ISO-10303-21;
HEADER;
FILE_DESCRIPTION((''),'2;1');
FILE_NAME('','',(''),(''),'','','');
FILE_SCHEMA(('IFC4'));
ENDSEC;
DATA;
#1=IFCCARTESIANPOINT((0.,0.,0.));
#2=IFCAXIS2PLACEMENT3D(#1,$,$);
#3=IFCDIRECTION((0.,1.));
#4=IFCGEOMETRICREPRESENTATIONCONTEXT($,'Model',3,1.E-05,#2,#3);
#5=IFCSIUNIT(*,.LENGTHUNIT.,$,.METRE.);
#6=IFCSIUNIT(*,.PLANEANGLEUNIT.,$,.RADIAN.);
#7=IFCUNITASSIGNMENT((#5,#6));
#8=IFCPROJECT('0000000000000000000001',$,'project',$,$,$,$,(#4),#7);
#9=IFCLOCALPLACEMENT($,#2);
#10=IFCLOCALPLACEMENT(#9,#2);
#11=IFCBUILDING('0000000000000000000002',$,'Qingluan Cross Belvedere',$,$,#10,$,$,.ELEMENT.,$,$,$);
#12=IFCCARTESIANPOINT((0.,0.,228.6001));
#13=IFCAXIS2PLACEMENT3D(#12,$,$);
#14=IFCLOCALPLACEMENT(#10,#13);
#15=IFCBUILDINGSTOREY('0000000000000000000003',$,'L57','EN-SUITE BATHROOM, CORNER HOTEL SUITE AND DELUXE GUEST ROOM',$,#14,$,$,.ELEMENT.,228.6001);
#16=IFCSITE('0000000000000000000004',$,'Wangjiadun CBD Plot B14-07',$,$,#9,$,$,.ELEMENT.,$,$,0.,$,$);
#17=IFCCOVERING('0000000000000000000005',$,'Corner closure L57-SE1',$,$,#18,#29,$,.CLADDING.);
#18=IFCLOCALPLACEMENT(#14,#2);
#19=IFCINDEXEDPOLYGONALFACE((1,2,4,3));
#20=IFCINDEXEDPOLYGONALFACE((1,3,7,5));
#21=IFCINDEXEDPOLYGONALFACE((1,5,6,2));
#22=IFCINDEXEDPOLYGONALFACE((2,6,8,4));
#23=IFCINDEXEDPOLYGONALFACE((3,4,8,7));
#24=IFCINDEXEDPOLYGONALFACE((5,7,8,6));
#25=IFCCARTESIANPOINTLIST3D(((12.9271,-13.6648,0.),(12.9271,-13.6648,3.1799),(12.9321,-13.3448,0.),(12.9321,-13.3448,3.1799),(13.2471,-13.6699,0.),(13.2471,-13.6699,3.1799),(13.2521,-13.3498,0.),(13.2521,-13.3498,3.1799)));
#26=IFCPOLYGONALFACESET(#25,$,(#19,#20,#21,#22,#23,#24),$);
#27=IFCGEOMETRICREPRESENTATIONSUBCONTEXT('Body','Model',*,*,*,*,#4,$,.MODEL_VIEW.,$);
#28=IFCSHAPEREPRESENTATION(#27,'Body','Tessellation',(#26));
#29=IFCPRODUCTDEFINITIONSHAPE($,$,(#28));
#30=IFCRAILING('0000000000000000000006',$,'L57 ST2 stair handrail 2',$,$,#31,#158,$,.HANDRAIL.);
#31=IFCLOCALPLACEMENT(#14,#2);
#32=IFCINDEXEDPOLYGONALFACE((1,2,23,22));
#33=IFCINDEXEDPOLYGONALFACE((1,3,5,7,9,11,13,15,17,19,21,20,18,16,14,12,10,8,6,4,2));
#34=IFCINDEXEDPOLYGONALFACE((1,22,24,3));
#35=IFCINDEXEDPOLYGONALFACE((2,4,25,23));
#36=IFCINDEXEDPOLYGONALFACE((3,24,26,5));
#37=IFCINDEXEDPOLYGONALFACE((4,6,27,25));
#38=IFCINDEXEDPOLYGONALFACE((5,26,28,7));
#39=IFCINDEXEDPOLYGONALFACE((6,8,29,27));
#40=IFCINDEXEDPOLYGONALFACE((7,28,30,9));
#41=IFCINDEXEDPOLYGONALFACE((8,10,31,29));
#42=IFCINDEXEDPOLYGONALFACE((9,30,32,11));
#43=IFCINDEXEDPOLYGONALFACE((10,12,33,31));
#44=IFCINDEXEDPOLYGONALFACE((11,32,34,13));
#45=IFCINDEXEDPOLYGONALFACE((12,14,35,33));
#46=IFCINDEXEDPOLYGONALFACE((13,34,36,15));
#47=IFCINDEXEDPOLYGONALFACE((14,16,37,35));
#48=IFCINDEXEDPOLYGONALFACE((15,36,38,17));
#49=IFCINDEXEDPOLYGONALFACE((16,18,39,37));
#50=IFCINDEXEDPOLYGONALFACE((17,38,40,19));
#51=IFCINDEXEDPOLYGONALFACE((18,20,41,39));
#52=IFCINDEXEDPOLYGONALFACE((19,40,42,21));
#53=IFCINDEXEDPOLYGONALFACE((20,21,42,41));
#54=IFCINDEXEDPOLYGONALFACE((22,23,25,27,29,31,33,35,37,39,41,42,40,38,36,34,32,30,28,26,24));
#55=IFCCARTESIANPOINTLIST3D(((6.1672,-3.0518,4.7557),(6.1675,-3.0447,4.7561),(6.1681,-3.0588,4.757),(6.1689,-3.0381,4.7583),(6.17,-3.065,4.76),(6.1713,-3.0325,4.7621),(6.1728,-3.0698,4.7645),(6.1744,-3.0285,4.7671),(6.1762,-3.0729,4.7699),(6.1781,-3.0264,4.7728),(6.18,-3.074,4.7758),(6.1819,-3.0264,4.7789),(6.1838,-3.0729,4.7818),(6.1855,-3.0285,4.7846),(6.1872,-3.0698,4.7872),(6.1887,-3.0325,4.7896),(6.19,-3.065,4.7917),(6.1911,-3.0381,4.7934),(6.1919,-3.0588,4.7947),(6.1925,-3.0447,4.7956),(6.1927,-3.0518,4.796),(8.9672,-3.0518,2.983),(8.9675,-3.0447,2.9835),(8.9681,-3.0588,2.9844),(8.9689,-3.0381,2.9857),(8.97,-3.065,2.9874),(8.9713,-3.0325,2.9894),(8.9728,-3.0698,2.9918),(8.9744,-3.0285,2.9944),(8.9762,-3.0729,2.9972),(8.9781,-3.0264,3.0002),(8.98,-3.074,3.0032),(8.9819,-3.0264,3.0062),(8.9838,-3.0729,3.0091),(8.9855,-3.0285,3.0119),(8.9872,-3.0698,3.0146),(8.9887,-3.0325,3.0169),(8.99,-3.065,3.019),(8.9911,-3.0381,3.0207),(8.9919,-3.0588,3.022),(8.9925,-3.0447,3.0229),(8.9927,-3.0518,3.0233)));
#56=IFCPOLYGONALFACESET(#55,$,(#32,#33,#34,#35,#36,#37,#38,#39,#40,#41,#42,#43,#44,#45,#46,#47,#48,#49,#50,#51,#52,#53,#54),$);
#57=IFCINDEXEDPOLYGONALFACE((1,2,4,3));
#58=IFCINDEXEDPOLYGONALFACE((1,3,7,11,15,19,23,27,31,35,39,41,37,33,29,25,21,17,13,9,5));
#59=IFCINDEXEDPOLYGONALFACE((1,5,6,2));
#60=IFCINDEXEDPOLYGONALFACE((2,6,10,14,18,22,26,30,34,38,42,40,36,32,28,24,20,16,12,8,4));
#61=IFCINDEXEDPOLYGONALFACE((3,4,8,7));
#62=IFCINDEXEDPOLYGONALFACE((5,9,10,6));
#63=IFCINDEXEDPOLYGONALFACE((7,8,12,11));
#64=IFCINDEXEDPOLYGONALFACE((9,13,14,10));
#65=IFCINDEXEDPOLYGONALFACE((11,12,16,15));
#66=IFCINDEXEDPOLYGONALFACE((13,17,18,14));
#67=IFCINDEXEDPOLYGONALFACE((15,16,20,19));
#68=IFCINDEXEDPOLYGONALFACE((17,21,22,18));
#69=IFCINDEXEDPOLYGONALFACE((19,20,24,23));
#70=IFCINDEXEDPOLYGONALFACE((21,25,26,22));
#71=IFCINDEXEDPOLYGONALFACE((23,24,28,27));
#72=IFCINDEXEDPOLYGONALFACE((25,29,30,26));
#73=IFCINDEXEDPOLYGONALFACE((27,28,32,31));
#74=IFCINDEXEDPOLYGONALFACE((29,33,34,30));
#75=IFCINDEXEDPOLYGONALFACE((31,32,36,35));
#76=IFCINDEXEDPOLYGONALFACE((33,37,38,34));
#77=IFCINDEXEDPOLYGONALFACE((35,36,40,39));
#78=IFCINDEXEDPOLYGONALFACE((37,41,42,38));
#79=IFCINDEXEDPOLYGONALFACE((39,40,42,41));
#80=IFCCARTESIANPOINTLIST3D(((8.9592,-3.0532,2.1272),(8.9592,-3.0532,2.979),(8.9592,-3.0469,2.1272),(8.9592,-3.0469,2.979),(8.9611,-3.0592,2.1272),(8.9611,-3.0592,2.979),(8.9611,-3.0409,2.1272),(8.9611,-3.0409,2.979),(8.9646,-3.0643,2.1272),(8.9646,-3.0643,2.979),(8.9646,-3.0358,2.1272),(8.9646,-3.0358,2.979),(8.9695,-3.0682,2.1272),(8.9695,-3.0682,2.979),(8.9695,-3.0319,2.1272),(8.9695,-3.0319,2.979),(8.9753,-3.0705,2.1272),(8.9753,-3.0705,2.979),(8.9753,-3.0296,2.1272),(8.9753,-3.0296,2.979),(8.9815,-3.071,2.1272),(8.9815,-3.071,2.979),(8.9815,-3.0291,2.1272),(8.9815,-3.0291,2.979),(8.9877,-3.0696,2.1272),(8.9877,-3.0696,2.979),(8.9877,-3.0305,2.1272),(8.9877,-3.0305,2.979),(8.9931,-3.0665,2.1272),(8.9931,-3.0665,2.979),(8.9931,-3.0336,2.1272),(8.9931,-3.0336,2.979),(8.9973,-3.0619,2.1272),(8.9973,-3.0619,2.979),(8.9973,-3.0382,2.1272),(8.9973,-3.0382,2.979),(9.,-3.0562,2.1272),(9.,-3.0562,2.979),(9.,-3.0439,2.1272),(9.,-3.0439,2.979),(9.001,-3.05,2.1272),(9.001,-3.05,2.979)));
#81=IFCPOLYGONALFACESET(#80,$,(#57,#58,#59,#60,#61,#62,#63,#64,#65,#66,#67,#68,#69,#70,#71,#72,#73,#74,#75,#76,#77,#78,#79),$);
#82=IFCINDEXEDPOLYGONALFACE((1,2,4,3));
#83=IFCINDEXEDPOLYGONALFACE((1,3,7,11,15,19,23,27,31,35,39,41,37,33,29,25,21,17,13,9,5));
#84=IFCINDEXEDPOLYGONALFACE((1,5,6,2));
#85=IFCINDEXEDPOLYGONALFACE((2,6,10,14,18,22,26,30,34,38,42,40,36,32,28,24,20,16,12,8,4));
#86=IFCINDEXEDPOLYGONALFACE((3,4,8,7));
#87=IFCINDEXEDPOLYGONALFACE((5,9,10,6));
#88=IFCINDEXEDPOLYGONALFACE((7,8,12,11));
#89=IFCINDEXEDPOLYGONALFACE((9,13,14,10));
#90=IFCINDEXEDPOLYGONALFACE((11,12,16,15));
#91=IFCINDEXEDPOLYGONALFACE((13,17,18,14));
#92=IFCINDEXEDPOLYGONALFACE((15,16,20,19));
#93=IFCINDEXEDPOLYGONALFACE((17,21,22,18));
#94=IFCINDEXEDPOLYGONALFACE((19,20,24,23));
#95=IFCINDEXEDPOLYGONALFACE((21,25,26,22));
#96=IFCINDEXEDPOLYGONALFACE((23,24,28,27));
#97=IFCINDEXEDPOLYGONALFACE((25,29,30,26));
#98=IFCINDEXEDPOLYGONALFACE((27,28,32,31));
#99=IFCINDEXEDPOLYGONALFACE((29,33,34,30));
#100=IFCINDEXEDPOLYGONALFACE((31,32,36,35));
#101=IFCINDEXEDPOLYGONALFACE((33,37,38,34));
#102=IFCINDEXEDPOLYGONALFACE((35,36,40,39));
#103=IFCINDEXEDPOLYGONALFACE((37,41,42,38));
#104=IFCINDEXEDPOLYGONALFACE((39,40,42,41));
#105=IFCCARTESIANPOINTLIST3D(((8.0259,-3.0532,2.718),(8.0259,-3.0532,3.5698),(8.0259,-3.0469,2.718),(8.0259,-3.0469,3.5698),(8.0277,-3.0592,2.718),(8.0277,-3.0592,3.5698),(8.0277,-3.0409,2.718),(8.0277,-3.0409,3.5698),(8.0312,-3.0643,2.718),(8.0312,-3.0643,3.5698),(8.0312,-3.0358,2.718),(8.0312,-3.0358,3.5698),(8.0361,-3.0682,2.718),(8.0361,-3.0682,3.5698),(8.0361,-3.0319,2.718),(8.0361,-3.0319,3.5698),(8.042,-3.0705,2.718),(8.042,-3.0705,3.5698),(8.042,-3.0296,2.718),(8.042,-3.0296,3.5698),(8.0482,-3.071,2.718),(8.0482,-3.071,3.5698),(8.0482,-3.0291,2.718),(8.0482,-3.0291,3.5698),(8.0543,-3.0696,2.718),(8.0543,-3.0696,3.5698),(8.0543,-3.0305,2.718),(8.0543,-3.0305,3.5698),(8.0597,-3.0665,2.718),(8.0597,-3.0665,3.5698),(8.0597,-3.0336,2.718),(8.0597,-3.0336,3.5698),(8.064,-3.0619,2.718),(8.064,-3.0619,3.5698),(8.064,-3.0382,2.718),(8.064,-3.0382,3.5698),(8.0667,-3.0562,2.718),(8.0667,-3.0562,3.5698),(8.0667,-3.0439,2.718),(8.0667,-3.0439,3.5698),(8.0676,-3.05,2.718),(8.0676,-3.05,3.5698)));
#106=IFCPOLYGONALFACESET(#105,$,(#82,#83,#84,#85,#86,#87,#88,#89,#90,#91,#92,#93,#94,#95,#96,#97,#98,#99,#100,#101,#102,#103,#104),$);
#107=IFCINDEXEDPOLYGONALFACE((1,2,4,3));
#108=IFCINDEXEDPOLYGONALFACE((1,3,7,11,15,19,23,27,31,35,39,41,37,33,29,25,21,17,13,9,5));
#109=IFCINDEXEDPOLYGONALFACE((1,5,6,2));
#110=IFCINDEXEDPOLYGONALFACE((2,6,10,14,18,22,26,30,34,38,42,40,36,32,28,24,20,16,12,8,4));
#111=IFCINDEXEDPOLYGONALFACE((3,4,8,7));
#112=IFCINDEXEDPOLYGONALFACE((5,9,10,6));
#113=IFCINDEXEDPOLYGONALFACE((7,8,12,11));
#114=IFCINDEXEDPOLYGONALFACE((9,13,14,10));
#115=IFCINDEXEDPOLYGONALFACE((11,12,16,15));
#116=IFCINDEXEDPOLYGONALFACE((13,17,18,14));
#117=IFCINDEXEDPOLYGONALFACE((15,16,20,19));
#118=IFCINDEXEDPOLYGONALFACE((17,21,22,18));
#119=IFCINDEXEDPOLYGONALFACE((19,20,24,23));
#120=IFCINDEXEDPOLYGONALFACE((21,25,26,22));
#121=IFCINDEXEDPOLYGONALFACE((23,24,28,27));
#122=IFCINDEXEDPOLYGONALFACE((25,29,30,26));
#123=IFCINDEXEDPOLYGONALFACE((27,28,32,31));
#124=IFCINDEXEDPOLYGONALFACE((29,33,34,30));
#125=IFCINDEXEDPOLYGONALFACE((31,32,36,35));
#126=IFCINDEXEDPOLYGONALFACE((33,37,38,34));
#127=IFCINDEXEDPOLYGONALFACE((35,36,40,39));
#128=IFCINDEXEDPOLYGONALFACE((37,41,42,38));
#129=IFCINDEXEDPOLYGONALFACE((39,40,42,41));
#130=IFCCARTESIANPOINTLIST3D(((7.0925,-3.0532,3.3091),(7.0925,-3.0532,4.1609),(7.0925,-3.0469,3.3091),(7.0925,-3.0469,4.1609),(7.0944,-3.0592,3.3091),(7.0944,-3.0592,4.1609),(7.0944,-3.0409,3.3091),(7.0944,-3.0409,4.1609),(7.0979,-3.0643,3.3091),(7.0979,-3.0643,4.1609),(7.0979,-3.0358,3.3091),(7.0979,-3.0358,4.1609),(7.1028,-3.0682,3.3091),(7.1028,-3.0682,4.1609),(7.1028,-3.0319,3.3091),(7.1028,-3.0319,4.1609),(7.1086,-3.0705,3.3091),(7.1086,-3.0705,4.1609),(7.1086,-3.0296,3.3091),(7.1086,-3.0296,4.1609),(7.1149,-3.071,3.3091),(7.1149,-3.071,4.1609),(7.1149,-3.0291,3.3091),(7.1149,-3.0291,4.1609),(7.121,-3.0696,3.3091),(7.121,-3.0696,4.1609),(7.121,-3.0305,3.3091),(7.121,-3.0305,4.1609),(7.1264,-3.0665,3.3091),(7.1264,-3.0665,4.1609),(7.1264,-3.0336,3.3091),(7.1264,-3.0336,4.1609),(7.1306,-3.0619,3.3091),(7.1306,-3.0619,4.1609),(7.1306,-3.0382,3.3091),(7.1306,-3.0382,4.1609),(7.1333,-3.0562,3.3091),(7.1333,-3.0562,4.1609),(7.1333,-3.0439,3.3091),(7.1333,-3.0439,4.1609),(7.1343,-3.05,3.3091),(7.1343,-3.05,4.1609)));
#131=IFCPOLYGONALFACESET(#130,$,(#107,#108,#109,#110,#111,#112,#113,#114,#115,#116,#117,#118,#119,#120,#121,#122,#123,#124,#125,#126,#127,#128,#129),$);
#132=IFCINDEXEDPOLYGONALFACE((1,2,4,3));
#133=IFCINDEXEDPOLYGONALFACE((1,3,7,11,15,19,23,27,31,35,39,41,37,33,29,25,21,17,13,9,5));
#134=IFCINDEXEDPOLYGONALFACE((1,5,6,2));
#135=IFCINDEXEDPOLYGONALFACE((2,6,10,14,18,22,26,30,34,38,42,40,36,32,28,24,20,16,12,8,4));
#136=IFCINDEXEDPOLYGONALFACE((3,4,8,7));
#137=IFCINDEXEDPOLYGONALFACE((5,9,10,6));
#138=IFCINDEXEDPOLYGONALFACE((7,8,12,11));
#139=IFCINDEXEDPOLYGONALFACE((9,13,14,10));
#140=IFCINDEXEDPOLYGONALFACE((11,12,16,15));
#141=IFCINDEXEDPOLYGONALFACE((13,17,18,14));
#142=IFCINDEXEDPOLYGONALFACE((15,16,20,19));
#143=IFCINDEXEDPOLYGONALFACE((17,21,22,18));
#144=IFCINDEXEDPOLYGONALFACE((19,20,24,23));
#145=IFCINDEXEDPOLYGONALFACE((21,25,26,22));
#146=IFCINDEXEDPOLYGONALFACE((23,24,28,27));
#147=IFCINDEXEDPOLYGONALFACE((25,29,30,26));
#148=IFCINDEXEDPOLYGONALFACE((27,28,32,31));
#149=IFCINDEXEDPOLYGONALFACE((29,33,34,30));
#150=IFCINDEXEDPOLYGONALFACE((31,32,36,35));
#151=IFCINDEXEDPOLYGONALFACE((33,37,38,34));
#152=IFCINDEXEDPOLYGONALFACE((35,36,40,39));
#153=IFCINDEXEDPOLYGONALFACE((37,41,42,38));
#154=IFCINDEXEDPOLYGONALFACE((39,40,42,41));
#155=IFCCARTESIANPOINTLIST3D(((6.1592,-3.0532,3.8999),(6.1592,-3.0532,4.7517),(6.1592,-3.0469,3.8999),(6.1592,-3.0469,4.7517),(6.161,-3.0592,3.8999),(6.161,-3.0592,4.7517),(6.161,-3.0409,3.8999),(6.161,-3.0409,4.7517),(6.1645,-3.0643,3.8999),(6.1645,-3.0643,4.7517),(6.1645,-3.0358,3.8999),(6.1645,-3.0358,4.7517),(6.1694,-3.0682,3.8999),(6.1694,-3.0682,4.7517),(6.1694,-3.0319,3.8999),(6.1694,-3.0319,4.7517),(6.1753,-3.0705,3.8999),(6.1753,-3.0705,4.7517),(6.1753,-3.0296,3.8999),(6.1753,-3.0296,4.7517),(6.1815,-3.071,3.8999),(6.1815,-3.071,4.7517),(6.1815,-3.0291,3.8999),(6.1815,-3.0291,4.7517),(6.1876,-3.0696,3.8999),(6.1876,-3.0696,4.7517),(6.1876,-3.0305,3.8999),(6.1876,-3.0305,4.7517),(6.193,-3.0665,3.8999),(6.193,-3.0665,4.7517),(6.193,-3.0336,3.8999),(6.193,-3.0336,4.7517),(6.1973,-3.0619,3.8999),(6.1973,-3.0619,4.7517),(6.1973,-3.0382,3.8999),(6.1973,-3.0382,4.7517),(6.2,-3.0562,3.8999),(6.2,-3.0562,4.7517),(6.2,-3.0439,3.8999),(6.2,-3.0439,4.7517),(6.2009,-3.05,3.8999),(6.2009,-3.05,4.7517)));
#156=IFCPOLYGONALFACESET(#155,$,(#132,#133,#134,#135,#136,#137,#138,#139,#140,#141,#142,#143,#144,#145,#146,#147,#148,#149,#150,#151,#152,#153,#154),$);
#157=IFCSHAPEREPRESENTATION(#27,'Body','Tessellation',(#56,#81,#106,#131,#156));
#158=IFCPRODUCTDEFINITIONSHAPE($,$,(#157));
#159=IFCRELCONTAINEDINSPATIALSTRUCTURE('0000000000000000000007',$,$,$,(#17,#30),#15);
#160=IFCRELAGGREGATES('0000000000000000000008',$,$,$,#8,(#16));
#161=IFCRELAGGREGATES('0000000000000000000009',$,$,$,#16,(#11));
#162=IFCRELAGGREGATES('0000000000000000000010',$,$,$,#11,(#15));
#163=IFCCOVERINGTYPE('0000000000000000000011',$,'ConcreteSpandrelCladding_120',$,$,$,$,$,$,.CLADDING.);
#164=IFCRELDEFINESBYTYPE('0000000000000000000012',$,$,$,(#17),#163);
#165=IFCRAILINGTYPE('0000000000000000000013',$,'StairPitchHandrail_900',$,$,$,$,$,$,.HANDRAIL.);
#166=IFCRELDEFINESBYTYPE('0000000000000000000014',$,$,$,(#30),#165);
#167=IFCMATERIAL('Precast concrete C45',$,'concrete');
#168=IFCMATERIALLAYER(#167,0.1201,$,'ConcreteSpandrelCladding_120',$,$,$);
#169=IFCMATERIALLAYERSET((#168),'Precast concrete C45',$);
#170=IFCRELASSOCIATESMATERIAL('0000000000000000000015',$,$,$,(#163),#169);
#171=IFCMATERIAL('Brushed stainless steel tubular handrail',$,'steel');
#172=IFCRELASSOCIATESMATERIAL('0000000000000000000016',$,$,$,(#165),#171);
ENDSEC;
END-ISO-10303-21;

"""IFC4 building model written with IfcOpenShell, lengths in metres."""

from ifc_helpers import new_model, si_unit, direction, frame, origin, origin_2d, place, context, subcontext, project, spatial, rectangle, circle, extrude, material, layer, layer_set, type_object, element, save


model = new_model("IFC4")

# Units and contexts
model_context = context("Model", 3, precision=1e-05, world=origin(), true_north=direction((0.0, 1.0)))
body_context = subcontext(model_context, "Body", "Model", "MODEL_VIEW")
ifc_project = project(units=[si_unit("LENGTHUNIT", "METRE"), si_unit("PLANEANGLEUNIT", "RADIAN")], contexts=[model_context])

# Site, building, storey
site_placement = place(None, origin())
site = spatial("IfcSite", under=ifc_project, at=site_placement, Name="Wangjiadun CBD Plot B14-07", CompositionType="ELEMENT", RefElevation=0.0)
building_placement = place(site_placement, origin())
building = spatial("IfcBuilding", under=site, at=building_placement, Name="Qingluan Cross Belvedere", CompositionType="ELEMENT")
storey_placement = place(building_placement, frame((0.0, 0.0, 228.6001)))
storey = spatial("IfcBuildingStorey", under=building, at=storey_placement, Name="L57", Description="EN-SUITE BATHROOM, CORNER HOTEL SUITE AND DELUXE GUEST ROOM", CompositionType="ELEMENT", Elevation=228.6001)

# Covering
ifc_material_1 = material(Name="Precast concrete C45", Category="concrete")
ifc_layer_1 = layer(ifc_material_1, 0.1201, Name="ConcreteSpandrelCladding_120")
ifc_layer_set_1 = layer_set([ifc_layer_1], Name="Precast concrete C45")
covering_type_1 = type_object("IfcCoveringType", Name="ConcreteSpandrelCladding_120", PredefinedType="CLADDING", material=ifc_layer_set_1)
covering_1_placement = place(storey_placement, frame((13.0896, -13.5073, 0.0), z_axis=(0.0, 0.0, 1.0), x_axis=(0.999877, -0.015707, 0.0)))
element("IfcCovering", 1, at=covering_1_placement, inside=storey, type_object=covering_type_1, Name="Corner closure L57-SE1", PredefinedType="CLADDING", context=body_context, shape_type="SweptSolid", body=[
    extrude(rectangle(XDim=0.3201, YDim=0.3201, at=origin_2d()), origin(), (0.0, 0.0, 1.0), 3.1799),
])

# Railing
ifc_material_2 = material(Name="Brushed stainless steel tubular handrail", Category="steel")
railing_type_1 = type_object("IfcRailingType", Name="StairPitchHandrail_900", PredefinedType="HANDRAIL", material=ifc_material_2)
railing_1_placement = place(storey_placement, frame((8.98, -3.05, 2.1272)))
element("IfcRailing", 2, at=railing_1_placement, inside=storey, type_object=railing_type_1, Name="L57 ST2 stair handrail 2", PredefinedType="HANDRAIL", context=body_context, shape_type="SweptSolid", body=[
    extrude(circle(Radius=0.0239, at=origin_2d()), frame((0.0, 0.0, 0.876), z_axis=(-0.844909, 0.0, 0.53491), x_axis=(0.0, -1.0, 0.0)), (0.0, 0.0, 1.0), 3.314),
    extrude(circle(Radius=0.021, at=origin_2d()), origin(), (0.0, 0.0, 1.0), 0.8518),
    extrude(circle(Radius=0.021, at=origin_2d()), frame((-0.9333, 0.0, 0.5908)), (0.0, 0.0, 1.0), 0.8518),
    extrude(circle(Radius=0.021, at=origin_2d()), frame((-1.8667, 0.0, 1.1819)), (0.0, 0.0, 1.0), 0.8518),
    extrude(circle(Radius=0.021, at=origin_2d()), frame((-2.8, 0.0, 1.7727)), (0.0, 0.0, 1.0), 0.8518),
])

save(model, "model.ifc")
